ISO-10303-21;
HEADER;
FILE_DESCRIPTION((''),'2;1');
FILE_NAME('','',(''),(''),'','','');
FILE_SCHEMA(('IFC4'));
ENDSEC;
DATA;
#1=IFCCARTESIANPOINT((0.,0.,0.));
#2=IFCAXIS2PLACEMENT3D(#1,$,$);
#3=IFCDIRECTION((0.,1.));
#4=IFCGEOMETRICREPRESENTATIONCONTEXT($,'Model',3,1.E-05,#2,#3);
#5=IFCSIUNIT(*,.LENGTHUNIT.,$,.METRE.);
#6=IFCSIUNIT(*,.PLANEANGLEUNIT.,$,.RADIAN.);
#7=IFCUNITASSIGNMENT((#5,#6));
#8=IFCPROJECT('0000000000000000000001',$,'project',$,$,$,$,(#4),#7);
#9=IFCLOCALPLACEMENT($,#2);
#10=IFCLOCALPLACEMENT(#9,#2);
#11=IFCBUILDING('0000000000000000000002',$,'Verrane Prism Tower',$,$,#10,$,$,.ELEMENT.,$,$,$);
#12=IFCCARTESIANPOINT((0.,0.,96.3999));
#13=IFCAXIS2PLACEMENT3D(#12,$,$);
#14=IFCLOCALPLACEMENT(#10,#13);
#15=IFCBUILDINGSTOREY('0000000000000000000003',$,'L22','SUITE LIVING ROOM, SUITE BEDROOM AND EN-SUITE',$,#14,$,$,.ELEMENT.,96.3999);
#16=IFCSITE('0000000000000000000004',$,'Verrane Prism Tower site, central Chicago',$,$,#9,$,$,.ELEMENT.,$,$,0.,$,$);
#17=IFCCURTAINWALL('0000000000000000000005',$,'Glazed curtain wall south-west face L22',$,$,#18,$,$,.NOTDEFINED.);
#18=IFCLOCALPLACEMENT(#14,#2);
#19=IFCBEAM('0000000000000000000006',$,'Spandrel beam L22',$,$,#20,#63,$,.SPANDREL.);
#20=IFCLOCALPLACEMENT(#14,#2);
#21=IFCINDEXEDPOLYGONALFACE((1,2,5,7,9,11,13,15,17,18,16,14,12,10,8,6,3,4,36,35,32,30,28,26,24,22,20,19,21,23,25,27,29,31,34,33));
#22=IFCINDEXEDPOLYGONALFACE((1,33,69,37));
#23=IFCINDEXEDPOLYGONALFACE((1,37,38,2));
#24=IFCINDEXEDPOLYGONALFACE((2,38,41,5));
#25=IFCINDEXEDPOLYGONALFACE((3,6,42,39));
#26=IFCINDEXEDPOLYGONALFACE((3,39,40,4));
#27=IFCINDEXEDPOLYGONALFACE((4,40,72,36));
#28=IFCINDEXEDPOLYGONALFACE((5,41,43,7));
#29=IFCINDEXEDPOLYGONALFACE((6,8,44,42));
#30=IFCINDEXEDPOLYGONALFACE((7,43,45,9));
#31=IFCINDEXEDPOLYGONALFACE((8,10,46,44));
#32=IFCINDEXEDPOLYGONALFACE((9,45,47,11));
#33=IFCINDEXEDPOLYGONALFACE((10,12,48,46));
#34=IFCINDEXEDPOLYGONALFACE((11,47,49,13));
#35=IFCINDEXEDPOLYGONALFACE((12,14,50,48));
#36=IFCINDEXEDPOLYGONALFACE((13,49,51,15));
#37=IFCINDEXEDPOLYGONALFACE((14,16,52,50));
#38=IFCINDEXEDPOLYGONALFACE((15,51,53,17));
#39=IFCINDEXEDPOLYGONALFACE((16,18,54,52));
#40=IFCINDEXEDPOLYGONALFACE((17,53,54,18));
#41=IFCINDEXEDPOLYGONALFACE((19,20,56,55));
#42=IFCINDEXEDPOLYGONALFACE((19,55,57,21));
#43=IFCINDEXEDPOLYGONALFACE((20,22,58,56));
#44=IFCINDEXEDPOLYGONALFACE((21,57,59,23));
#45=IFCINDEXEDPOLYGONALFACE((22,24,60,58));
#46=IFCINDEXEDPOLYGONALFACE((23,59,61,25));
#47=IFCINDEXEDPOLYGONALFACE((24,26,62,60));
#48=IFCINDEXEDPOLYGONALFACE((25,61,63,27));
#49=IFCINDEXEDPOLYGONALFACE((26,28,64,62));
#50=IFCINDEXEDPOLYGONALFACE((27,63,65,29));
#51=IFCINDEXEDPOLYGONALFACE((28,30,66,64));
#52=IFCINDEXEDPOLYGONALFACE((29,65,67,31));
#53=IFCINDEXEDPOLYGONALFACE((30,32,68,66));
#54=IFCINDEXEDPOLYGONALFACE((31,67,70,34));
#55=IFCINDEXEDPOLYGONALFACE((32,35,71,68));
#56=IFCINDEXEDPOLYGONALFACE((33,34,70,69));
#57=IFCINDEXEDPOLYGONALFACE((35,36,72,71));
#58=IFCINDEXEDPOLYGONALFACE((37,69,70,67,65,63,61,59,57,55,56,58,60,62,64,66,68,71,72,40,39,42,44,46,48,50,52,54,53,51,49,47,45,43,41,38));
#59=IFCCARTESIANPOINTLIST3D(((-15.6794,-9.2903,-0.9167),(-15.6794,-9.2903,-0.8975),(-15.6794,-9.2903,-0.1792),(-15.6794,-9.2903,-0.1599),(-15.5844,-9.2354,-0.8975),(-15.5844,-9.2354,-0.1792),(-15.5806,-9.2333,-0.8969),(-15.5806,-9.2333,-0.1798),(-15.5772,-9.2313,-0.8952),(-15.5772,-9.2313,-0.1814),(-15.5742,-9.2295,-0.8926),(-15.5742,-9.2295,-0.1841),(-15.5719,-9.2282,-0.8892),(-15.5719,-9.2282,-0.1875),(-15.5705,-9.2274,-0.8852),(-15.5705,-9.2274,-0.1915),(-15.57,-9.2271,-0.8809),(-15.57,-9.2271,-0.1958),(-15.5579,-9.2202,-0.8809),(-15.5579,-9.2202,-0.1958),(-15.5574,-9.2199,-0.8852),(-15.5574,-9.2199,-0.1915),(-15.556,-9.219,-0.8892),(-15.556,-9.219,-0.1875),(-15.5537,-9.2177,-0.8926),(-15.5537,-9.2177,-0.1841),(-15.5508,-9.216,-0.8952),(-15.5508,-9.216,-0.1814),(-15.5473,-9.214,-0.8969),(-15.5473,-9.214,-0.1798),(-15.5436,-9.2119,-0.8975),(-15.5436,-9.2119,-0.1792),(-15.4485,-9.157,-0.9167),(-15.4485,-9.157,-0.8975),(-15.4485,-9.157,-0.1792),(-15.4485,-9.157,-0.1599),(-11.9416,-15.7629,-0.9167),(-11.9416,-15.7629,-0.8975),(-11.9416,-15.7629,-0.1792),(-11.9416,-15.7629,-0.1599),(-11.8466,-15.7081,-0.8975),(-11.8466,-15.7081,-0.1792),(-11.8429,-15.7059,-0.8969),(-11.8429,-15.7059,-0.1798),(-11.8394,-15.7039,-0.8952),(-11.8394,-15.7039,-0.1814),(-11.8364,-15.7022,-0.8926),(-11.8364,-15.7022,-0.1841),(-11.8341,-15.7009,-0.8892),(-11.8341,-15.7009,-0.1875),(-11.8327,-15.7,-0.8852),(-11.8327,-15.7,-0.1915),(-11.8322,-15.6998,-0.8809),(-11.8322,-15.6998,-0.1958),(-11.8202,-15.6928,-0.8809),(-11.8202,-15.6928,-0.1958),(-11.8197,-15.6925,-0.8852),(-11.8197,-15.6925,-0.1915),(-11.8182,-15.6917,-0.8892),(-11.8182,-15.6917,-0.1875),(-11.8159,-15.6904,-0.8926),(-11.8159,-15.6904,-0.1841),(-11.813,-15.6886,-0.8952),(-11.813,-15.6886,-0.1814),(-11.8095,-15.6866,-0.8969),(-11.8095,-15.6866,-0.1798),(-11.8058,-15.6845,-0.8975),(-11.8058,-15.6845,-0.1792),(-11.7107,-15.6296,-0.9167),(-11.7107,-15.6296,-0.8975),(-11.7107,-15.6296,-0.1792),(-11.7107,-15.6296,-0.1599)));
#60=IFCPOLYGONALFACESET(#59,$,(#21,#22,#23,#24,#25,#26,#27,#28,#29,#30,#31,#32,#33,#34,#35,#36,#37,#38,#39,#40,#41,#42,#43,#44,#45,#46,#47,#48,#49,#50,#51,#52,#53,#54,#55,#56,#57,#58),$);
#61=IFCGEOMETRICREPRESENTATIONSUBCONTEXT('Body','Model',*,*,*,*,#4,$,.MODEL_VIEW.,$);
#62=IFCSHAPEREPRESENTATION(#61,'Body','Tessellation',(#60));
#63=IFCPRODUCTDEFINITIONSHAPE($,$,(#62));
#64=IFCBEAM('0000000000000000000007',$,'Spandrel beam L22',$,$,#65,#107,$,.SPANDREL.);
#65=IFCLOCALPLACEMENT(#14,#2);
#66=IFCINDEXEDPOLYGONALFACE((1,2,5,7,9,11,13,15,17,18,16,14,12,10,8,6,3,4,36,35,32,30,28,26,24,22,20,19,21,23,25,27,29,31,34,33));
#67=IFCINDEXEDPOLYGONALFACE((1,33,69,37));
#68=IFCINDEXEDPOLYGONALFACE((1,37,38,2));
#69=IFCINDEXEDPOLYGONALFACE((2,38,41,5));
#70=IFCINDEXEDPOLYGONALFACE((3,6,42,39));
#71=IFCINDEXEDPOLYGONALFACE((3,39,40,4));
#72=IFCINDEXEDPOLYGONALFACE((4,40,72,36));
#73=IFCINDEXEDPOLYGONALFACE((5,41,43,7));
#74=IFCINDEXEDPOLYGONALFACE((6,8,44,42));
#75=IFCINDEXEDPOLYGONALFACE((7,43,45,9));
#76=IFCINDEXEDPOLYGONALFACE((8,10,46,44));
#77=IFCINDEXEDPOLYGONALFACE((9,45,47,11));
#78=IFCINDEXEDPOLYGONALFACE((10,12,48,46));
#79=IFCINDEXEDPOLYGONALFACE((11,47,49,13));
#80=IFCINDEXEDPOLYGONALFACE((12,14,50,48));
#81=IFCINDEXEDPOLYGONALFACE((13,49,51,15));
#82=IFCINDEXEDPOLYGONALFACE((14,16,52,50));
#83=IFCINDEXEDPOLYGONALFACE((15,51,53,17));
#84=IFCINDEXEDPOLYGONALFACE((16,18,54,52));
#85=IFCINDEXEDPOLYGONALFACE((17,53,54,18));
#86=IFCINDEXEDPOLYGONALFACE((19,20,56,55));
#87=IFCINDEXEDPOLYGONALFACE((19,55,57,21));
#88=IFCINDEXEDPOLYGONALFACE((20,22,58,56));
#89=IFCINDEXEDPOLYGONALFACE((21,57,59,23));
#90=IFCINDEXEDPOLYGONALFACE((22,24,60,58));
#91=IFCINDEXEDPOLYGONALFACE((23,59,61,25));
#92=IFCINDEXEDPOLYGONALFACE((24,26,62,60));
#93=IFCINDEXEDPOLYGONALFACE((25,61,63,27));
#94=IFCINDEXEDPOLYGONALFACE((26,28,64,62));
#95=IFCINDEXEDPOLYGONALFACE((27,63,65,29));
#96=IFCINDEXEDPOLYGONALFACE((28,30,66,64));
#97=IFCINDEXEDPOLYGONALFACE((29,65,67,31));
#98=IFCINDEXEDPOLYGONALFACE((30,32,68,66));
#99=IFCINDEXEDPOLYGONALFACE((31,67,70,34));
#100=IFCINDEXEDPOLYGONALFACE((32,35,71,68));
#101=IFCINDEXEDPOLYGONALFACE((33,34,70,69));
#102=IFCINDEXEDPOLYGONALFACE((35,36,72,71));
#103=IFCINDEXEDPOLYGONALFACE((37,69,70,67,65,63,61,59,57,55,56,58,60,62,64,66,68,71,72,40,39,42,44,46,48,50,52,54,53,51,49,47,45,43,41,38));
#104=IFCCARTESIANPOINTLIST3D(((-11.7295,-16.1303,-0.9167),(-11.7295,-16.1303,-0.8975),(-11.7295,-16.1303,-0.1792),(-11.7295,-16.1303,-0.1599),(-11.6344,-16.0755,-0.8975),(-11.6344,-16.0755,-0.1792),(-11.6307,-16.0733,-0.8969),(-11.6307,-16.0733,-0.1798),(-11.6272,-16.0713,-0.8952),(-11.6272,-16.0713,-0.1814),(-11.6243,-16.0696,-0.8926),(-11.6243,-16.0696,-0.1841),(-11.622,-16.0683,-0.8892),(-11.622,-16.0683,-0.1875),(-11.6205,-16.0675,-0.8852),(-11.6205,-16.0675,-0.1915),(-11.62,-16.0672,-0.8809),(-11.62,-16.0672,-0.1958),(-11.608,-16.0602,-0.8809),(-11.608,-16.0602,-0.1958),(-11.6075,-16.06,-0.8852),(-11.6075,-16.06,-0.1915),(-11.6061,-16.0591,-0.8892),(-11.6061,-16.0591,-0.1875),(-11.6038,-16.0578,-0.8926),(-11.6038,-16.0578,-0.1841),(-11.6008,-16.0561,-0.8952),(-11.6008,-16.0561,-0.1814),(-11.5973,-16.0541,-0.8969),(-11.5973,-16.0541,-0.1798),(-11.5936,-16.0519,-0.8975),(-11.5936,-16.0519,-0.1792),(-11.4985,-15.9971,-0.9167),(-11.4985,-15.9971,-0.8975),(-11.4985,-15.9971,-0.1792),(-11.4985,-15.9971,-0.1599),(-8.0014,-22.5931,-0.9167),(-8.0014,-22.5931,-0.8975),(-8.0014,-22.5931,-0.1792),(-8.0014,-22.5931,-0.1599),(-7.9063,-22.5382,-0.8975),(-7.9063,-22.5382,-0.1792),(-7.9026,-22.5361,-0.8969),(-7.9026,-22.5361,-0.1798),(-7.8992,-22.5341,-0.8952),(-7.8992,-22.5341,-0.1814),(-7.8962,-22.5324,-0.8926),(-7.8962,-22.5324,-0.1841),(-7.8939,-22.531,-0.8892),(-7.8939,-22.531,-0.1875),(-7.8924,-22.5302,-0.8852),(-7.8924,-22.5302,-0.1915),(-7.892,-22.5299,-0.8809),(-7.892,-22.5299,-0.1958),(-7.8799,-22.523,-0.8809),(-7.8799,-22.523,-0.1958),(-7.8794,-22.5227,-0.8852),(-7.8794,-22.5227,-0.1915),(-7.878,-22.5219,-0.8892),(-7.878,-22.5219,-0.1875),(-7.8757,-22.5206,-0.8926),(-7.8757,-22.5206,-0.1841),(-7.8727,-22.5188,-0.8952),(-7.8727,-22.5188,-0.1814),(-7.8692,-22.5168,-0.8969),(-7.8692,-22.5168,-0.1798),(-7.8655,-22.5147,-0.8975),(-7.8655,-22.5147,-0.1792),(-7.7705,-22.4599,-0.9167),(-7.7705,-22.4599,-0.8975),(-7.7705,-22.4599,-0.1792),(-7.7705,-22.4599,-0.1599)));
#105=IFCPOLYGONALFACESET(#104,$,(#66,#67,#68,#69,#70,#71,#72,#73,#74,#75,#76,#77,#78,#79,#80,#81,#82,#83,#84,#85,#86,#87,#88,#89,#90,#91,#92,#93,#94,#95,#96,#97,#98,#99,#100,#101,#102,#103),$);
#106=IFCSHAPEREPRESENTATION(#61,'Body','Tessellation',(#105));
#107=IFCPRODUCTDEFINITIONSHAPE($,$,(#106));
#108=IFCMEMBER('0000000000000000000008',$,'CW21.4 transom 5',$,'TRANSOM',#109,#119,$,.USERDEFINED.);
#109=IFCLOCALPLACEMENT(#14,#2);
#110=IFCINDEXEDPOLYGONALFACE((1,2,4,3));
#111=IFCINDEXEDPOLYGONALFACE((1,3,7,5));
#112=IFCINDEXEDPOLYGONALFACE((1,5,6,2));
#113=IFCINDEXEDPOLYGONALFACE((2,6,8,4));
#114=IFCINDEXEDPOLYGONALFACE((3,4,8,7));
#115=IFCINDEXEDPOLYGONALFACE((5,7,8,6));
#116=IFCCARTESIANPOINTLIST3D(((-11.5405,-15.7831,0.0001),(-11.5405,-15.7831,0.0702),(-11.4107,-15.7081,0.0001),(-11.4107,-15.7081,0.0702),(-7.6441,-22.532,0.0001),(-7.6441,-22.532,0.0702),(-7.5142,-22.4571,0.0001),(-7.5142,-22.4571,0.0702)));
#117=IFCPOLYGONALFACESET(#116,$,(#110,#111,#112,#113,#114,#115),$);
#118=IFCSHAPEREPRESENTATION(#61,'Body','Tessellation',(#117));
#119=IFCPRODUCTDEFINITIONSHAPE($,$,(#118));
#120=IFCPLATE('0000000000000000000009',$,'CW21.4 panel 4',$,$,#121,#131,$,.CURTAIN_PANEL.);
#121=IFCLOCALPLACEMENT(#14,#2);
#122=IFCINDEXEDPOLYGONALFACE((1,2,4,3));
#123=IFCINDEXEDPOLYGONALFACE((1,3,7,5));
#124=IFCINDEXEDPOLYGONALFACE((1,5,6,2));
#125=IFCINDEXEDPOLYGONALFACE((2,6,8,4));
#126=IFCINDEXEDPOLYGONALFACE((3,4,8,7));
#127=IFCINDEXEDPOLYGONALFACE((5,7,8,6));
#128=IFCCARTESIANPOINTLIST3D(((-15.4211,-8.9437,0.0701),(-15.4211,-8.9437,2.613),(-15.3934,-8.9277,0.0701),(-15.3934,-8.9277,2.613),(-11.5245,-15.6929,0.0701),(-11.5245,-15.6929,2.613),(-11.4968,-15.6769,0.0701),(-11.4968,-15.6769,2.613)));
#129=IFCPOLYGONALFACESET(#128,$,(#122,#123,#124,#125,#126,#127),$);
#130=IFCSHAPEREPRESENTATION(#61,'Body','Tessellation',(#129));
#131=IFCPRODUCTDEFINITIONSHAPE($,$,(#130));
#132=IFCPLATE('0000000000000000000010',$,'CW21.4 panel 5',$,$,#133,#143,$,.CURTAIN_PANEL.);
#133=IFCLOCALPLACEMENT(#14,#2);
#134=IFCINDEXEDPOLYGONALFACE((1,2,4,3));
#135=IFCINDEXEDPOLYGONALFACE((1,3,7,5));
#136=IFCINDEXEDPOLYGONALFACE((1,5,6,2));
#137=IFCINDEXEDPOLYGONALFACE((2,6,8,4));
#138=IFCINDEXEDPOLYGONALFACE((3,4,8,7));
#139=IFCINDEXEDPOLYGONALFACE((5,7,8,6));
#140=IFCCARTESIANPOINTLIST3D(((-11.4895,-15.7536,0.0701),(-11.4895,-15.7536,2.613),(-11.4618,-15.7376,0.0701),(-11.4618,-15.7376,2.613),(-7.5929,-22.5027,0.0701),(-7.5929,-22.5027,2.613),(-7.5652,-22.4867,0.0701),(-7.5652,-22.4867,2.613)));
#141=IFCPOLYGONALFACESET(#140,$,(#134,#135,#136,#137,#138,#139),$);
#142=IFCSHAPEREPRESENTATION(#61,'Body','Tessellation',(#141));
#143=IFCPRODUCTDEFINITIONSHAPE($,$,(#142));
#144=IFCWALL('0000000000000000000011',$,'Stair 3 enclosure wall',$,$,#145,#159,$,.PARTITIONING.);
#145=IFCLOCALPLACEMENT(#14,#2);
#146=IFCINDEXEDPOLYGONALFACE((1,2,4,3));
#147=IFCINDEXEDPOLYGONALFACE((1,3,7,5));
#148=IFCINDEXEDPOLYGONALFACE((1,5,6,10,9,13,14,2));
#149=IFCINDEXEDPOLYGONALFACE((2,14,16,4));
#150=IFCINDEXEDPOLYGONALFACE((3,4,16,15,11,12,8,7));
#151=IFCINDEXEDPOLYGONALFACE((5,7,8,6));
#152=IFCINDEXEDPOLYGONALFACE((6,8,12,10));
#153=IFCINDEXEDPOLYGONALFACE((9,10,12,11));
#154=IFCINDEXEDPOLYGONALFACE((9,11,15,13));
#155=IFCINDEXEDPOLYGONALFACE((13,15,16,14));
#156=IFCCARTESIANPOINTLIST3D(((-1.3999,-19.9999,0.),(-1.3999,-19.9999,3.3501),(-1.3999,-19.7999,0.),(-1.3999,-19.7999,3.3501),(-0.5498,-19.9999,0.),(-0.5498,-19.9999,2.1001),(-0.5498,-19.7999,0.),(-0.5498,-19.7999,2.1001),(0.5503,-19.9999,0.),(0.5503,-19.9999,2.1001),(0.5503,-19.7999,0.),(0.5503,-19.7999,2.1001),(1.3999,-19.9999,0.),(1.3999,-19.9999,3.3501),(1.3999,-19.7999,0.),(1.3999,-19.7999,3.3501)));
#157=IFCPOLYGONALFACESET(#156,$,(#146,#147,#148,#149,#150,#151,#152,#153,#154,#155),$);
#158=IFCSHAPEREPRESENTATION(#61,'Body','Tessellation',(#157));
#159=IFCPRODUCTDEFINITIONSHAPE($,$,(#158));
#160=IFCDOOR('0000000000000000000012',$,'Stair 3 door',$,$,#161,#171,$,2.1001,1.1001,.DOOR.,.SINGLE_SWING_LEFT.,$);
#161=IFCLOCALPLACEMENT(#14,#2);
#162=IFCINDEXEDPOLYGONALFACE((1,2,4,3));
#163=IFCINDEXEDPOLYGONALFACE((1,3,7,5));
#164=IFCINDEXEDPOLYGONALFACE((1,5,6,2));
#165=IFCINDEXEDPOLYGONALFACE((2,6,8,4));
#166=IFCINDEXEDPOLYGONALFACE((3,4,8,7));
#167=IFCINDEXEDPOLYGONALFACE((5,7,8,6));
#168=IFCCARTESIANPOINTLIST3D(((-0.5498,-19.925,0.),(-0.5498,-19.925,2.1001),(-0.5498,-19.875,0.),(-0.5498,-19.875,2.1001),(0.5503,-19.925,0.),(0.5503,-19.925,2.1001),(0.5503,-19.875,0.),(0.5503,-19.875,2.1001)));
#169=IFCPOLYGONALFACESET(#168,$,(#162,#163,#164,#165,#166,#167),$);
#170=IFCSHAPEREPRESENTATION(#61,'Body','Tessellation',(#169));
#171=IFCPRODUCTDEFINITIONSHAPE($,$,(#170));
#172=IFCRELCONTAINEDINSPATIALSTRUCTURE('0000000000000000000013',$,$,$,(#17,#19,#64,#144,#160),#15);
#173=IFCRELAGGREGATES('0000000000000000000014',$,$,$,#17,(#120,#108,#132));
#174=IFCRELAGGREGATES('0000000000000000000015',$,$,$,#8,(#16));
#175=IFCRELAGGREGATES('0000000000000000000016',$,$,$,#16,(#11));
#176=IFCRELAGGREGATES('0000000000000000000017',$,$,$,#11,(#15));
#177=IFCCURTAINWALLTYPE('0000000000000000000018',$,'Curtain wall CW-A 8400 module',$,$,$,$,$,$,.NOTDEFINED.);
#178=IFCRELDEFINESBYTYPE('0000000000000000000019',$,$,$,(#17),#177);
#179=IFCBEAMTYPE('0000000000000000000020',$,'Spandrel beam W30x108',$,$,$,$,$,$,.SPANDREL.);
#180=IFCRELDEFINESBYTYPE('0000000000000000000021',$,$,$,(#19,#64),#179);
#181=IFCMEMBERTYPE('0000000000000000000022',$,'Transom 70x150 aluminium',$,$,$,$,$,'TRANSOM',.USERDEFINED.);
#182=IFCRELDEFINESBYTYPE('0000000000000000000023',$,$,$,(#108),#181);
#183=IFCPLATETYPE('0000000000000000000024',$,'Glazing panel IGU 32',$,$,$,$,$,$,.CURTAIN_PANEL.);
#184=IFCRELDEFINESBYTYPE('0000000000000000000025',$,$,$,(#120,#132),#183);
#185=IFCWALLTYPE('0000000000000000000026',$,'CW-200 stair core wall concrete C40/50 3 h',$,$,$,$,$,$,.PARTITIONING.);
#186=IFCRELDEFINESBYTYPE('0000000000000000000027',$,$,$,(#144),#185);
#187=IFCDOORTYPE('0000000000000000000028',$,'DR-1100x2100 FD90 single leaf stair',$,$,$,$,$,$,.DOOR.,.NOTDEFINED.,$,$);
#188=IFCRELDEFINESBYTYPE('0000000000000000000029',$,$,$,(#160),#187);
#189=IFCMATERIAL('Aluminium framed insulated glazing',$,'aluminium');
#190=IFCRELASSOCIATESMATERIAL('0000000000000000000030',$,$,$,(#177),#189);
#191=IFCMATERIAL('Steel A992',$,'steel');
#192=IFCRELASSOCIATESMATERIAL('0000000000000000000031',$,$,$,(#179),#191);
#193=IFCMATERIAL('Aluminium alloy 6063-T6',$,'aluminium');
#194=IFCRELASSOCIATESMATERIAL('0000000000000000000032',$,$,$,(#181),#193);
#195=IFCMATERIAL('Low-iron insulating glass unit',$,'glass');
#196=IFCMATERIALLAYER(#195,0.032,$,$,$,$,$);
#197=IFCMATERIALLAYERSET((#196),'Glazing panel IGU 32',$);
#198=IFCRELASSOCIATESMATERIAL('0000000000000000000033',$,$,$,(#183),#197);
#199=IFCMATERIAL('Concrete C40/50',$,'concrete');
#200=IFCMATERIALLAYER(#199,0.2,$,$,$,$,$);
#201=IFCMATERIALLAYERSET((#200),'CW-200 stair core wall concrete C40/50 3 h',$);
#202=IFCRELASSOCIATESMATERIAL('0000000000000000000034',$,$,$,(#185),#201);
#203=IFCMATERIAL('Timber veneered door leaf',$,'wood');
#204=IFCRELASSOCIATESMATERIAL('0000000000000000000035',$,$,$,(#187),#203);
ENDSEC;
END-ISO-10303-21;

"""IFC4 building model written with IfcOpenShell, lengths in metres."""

from ifc_helpers import new_model, si_unit, direction, frame, frame_2d, origin, origin_2d, place, context, subcontext, project, spatial, rectangle, i_section, extrude, material, layer, layer_set, material_profile, profile_set, type_object, element, fill, aggregate, save


model = new_model("IFC4")

# Units and contexts
model_context = context("Model", 3, precision=1e-05, world=origin(), true_north=direction((0.0, 1.0)))
body_context = subcontext(model_context, "Body", "Model", "MODEL_VIEW")
ifc_project = project(units=[si_unit("LENGTHUNIT", "METRE"), si_unit("PLANEANGLEUNIT", "RADIAN")], contexts=[model_context])

# Site, building, storey
site_placement = place(None, origin())
site = spatial("IfcSite", under=ifc_project, at=site_placement, Name="Verrane Prism Tower site, central Chicago", CompositionType="ELEMENT", RefElevation=0.0)
building_placement = place(site_placement, origin())
building = spatial("IfcBuilding", under=site, at=building_placement, Name="Verrane Prism Tower", CompositionType="ELEMENT")
storey_placement = place(building_placement, frame((0.0, 0.0, 96.3999)))
storey = spatial("IfcBuildingStorey", under=building, at=storey_placement, Name="L22", Description="SUITE LIVING ROOM, SUITE BEDROOM AND EN-SUITE", CompositionType="ELEMENT", Elevation=96.3999)

# Curtain wall
ifc_material_1 = material(Name="Aluminium framed insulated glazing", Category="aluminium")
curtain_wall_type = type_object("IfcCurtainWallType", Name="Curtain wall CW-A 8400 module", PredefinedType="NOTDEFINED", material=ifc_material_1)
curtain_wall_placement = place(storey_placement, origin())
curtain_wall = element("IfcCurtainWall", 1, at=curtain_wall_placement, inside=storey, type_object=curtain_wall_type, Name="Glazed curtain wall south-west face L22", PredefinedType="NOTDEFINED")

# Beams
ifc_material_2 = material(Name="Steel A992", Category="steel")
ifc_material_profile_1 = material_profile(ifc_material_2, i_section(OverallWidth=0.2666, OverallDepth=0.7568, WebThickness=0.0139, FlangeThickness=0.0193, FilletRadius=0.0166, at=origin_2d()), Name="W30x108")
ifc_profile_set_1 = profile_set([ifc_material_profile_1], Name="Steel A992")
beam_type_1 = type_object("IfcBeamType", Name="Spandrel beam W30x108", PredefinedType="SPANDREL", material=ifc_profile_set_1)
beam_1_placement = place(storey_placement, frame((-15.564, -9.2236, -0.5383), z_axis=(0.500081, -0.865979, 0.0), x_axis=(0.865979, 0.500081, 0.0)))
element("IfcBeam", 2, at=beam_1_placement, inside=storey, type_object=beam_type_1, Name="Spandrel beam L22", PredefinedType="SPANDREL", context=body_context, shape_type="SweptSolid", body=[
    extrude(i_section(OverallWidth=0.2666, OverallDepth=0.7568, WebThickness=0.0139, FlangeThickness=0.0193, FilletRadius=0.0166, at=origin_2d()), origin(), (0.0, 0.0, 1.0), 7.4744),
])
beam_2_placement = place(storey_placement, frame((-11.614, -16.0637, -0.5383), z_axis=(0.49968, -0.86621, 0.0), x_axis=(0.86621, 0.49968, 0.0)))
element("IfcBeam", 3, at=beam_2_placement, inside=storey, type_object=beam_type_1, Name="Spandrel beam L22", PredefinedType="SPANDREL", context=body_context, shape_type="SweptSolid", body=[
    extrude(i_section(OverallWidth=0.2666, OverallDepth=0.7568, WebThickness=0.0139, FlangeThickness=0.0193, FilletRadius=0.0166, at=origin_2d()), origin(), (0.0, 0.0, 1.0), 7.4609),
])

# Member
ifc_material_3 = material(Name="Aluminium alloy 6063-T6", Category="aluminium")
ifc_material_profile_2 = material_profile(ifc_material_3, rectangle(XDim=0.1499, YDim=0.0701, at=origin_2d()), Name="Transom 70x150 aluminium")
ifc_profile_set_2 = profile_set([ifc_material_profile_2], Name="Aluminium alloy 6063-T6")
member_type_1 = type_object("IfcMemberType", Name="Transom 70x150 aluminium", ElementType="TRANSOM", PredefinedType="USERDEFINED", material=ifc_profile_set_2)
member_1_placement = place(storey_placement, frame((-11.4756, -15.7456, 0.0352), z_axis=(0.499994, -0.866029, 0.0), x_axis=(0.866029, 0.499994, 0.0)))
member_1 = element("IfcMember", 4, at=member_1_placement, type_object=member_type_1, Name="CW21.4 transom 5", ObjectType="TRANSOM", PredefinedType="USERDEFINED", context=body_context, shape_type="SweptSolid", body=[
    extrude(rectangle(XDim=0.1499, YDim=0.0701, at=origin_2d()), origin(), (0.0, 0.0, 1.0), 7.793),
])

# Plates
ifc_material_4 = material(Name="Low-iron insulating glass unit", Category="glass")
ifc_layer_1 = layer(ifc_material_4, 0.032)
ifc_layer_set_1 = layer_set([ifc_layer_1], Name="Glazing panel IGU 32")
plate_type = type_object("IfcPlateType", Name="Glazing panel IGU 32", PredefinedType="CURTAIN_PANEL", material=ifc_layer_set_1)
plate_1_placement = place(storey_placement, frame((-13.459, -12.3103, 0.0701), z_axis=(0.0, 0.0, 1.0), x_axis=(0.5, -0.866026, 0.0)))
plate_1 = element("IfcPlate", 5, at=plate_1_placement, type_object=plate_type, Name="CW21.4 panel 4", PredefinedType="CURTAIN_PANEL", context=body_context, shape_type="SweptSolid", body=[
    extrude(rectangle(XDim=7.7932, YDim=0.032, at=origin_2d()), origin(), (0.0, 0.0, 1.0), 2.543),
])
plate_2_placement = place(storey_placement, frame((-9.5273, -19.1201, 0.0701), z_axis=(0.0, 0.0, 1.0), x_axis=(0.5, -0.866026, 0.0)))
plate_2 = element("IfcPlate", 6, at=plate_2_placement, type_object=plate_type, Name="CW21.4 panel 5", PredefinedType="CURTAIN_PANEL", context=body_context, shape_type="SweptSolid", body=[
    extrude(rectangle(XDim=7.7932, YDim=0.032, at=origin_2d()), origin(), (0.0, 0.0, 1.0), 2.543),
])
aggregate(curtain_wall, [plate_1, member_1, plate_2])

# Wall, opening, door
ifc_material_5 = material(Name="Concrete C40/50", Category="concrete")
ifc_layer_2 = layer(ifc_material_5, 0.2)
ifc_layer_set_2 = layer_set([ifc_layer_2], Name="CW-200 stair core wall concrete C40/50 3 h")
wall_type_1 = type_object("IfcWallType", Name="CW-200 stair core wall concrete C40/50 3 h", PredefinedType="PARTITIONING", material=ifc_layer_set_2)
wall_1_placement = place(storey_placement, frame((-1.3999, -19.8999, 0.0), z_axis=(0.0, 0.0, 1.0), x_axis=(1.0, 0.0, 0.0)))
wall_1 = element("IfcWall", 7, at=wall_1_placement, inside=storey, type_object=wall_type_1, Name="Stair 3 enclosure wall", PredefinedType="PARTITIONING", context=body_context, shape_type="SweptSolid", body=[
    extrude(rectangle(XDim=2.7998, YDim=0.2, at=frame_2d((1.3999, 0.0))), origin(), (0.0, 0.0, 1.0), 3.3501),
])
opening_1_placement = place(wall_1_placement, frame((0.8501, 0.0, 0.0)))
opening_1 = element("IfcOpeningElement", 8, at=opening_1_placement, cuts=wall_1, PredefinedType="OPENING", context=body_context, shape_type="SweptSolid", body=[
    extrude(rectangle(XDim=1.1001, YDim=2.1001, at=frame_2d((0.55, 1.05))), frame((0.0, 0.1099, 0.0), z_axis=(0.0, -1.0, 0.0), x_axis=(1.0, 0.0, 0.0)), (0.0, 0.0, 1.0), 0.22),
])
ifc_material_6 = material(Name="Timber veneered door leaf", Category="wood")
door_type_1 = type_object("IfcDoorType", Name="DR-1100x2100 FD90 single leaf stair", OperationType="NOTDEFINED", PredefinedType="DOOR", material=ifc_material_6)
door_1_placement = place(opening_1_placement, origin())
door_1 = element("IfcDoor", 9, at=door_1_placement, inside=storey, type_object=door_type_1, Name="Stair 3 door", OperationType="SINGLE_SWING_LEFT", OverallHeight=2.1001, OverallWidth=1.1001, PredefinedType="DOOR", context=body_context, shape_type="SweptSolid", body=[
    extrude(rectangle(XDim=1.1001, YDim=2.1001, at=frame_2d((0.55, 1.05))), frame((0.0, 0.0249, 0.0), z_axis=(0.0, -1.0, 0.0), x_axis=(1.0, 0.0, 0.0)), (0.0, 0.0, 1.0), 0.05),
])
fill(opening_1, door_1)

save(model, "model.ifc")
